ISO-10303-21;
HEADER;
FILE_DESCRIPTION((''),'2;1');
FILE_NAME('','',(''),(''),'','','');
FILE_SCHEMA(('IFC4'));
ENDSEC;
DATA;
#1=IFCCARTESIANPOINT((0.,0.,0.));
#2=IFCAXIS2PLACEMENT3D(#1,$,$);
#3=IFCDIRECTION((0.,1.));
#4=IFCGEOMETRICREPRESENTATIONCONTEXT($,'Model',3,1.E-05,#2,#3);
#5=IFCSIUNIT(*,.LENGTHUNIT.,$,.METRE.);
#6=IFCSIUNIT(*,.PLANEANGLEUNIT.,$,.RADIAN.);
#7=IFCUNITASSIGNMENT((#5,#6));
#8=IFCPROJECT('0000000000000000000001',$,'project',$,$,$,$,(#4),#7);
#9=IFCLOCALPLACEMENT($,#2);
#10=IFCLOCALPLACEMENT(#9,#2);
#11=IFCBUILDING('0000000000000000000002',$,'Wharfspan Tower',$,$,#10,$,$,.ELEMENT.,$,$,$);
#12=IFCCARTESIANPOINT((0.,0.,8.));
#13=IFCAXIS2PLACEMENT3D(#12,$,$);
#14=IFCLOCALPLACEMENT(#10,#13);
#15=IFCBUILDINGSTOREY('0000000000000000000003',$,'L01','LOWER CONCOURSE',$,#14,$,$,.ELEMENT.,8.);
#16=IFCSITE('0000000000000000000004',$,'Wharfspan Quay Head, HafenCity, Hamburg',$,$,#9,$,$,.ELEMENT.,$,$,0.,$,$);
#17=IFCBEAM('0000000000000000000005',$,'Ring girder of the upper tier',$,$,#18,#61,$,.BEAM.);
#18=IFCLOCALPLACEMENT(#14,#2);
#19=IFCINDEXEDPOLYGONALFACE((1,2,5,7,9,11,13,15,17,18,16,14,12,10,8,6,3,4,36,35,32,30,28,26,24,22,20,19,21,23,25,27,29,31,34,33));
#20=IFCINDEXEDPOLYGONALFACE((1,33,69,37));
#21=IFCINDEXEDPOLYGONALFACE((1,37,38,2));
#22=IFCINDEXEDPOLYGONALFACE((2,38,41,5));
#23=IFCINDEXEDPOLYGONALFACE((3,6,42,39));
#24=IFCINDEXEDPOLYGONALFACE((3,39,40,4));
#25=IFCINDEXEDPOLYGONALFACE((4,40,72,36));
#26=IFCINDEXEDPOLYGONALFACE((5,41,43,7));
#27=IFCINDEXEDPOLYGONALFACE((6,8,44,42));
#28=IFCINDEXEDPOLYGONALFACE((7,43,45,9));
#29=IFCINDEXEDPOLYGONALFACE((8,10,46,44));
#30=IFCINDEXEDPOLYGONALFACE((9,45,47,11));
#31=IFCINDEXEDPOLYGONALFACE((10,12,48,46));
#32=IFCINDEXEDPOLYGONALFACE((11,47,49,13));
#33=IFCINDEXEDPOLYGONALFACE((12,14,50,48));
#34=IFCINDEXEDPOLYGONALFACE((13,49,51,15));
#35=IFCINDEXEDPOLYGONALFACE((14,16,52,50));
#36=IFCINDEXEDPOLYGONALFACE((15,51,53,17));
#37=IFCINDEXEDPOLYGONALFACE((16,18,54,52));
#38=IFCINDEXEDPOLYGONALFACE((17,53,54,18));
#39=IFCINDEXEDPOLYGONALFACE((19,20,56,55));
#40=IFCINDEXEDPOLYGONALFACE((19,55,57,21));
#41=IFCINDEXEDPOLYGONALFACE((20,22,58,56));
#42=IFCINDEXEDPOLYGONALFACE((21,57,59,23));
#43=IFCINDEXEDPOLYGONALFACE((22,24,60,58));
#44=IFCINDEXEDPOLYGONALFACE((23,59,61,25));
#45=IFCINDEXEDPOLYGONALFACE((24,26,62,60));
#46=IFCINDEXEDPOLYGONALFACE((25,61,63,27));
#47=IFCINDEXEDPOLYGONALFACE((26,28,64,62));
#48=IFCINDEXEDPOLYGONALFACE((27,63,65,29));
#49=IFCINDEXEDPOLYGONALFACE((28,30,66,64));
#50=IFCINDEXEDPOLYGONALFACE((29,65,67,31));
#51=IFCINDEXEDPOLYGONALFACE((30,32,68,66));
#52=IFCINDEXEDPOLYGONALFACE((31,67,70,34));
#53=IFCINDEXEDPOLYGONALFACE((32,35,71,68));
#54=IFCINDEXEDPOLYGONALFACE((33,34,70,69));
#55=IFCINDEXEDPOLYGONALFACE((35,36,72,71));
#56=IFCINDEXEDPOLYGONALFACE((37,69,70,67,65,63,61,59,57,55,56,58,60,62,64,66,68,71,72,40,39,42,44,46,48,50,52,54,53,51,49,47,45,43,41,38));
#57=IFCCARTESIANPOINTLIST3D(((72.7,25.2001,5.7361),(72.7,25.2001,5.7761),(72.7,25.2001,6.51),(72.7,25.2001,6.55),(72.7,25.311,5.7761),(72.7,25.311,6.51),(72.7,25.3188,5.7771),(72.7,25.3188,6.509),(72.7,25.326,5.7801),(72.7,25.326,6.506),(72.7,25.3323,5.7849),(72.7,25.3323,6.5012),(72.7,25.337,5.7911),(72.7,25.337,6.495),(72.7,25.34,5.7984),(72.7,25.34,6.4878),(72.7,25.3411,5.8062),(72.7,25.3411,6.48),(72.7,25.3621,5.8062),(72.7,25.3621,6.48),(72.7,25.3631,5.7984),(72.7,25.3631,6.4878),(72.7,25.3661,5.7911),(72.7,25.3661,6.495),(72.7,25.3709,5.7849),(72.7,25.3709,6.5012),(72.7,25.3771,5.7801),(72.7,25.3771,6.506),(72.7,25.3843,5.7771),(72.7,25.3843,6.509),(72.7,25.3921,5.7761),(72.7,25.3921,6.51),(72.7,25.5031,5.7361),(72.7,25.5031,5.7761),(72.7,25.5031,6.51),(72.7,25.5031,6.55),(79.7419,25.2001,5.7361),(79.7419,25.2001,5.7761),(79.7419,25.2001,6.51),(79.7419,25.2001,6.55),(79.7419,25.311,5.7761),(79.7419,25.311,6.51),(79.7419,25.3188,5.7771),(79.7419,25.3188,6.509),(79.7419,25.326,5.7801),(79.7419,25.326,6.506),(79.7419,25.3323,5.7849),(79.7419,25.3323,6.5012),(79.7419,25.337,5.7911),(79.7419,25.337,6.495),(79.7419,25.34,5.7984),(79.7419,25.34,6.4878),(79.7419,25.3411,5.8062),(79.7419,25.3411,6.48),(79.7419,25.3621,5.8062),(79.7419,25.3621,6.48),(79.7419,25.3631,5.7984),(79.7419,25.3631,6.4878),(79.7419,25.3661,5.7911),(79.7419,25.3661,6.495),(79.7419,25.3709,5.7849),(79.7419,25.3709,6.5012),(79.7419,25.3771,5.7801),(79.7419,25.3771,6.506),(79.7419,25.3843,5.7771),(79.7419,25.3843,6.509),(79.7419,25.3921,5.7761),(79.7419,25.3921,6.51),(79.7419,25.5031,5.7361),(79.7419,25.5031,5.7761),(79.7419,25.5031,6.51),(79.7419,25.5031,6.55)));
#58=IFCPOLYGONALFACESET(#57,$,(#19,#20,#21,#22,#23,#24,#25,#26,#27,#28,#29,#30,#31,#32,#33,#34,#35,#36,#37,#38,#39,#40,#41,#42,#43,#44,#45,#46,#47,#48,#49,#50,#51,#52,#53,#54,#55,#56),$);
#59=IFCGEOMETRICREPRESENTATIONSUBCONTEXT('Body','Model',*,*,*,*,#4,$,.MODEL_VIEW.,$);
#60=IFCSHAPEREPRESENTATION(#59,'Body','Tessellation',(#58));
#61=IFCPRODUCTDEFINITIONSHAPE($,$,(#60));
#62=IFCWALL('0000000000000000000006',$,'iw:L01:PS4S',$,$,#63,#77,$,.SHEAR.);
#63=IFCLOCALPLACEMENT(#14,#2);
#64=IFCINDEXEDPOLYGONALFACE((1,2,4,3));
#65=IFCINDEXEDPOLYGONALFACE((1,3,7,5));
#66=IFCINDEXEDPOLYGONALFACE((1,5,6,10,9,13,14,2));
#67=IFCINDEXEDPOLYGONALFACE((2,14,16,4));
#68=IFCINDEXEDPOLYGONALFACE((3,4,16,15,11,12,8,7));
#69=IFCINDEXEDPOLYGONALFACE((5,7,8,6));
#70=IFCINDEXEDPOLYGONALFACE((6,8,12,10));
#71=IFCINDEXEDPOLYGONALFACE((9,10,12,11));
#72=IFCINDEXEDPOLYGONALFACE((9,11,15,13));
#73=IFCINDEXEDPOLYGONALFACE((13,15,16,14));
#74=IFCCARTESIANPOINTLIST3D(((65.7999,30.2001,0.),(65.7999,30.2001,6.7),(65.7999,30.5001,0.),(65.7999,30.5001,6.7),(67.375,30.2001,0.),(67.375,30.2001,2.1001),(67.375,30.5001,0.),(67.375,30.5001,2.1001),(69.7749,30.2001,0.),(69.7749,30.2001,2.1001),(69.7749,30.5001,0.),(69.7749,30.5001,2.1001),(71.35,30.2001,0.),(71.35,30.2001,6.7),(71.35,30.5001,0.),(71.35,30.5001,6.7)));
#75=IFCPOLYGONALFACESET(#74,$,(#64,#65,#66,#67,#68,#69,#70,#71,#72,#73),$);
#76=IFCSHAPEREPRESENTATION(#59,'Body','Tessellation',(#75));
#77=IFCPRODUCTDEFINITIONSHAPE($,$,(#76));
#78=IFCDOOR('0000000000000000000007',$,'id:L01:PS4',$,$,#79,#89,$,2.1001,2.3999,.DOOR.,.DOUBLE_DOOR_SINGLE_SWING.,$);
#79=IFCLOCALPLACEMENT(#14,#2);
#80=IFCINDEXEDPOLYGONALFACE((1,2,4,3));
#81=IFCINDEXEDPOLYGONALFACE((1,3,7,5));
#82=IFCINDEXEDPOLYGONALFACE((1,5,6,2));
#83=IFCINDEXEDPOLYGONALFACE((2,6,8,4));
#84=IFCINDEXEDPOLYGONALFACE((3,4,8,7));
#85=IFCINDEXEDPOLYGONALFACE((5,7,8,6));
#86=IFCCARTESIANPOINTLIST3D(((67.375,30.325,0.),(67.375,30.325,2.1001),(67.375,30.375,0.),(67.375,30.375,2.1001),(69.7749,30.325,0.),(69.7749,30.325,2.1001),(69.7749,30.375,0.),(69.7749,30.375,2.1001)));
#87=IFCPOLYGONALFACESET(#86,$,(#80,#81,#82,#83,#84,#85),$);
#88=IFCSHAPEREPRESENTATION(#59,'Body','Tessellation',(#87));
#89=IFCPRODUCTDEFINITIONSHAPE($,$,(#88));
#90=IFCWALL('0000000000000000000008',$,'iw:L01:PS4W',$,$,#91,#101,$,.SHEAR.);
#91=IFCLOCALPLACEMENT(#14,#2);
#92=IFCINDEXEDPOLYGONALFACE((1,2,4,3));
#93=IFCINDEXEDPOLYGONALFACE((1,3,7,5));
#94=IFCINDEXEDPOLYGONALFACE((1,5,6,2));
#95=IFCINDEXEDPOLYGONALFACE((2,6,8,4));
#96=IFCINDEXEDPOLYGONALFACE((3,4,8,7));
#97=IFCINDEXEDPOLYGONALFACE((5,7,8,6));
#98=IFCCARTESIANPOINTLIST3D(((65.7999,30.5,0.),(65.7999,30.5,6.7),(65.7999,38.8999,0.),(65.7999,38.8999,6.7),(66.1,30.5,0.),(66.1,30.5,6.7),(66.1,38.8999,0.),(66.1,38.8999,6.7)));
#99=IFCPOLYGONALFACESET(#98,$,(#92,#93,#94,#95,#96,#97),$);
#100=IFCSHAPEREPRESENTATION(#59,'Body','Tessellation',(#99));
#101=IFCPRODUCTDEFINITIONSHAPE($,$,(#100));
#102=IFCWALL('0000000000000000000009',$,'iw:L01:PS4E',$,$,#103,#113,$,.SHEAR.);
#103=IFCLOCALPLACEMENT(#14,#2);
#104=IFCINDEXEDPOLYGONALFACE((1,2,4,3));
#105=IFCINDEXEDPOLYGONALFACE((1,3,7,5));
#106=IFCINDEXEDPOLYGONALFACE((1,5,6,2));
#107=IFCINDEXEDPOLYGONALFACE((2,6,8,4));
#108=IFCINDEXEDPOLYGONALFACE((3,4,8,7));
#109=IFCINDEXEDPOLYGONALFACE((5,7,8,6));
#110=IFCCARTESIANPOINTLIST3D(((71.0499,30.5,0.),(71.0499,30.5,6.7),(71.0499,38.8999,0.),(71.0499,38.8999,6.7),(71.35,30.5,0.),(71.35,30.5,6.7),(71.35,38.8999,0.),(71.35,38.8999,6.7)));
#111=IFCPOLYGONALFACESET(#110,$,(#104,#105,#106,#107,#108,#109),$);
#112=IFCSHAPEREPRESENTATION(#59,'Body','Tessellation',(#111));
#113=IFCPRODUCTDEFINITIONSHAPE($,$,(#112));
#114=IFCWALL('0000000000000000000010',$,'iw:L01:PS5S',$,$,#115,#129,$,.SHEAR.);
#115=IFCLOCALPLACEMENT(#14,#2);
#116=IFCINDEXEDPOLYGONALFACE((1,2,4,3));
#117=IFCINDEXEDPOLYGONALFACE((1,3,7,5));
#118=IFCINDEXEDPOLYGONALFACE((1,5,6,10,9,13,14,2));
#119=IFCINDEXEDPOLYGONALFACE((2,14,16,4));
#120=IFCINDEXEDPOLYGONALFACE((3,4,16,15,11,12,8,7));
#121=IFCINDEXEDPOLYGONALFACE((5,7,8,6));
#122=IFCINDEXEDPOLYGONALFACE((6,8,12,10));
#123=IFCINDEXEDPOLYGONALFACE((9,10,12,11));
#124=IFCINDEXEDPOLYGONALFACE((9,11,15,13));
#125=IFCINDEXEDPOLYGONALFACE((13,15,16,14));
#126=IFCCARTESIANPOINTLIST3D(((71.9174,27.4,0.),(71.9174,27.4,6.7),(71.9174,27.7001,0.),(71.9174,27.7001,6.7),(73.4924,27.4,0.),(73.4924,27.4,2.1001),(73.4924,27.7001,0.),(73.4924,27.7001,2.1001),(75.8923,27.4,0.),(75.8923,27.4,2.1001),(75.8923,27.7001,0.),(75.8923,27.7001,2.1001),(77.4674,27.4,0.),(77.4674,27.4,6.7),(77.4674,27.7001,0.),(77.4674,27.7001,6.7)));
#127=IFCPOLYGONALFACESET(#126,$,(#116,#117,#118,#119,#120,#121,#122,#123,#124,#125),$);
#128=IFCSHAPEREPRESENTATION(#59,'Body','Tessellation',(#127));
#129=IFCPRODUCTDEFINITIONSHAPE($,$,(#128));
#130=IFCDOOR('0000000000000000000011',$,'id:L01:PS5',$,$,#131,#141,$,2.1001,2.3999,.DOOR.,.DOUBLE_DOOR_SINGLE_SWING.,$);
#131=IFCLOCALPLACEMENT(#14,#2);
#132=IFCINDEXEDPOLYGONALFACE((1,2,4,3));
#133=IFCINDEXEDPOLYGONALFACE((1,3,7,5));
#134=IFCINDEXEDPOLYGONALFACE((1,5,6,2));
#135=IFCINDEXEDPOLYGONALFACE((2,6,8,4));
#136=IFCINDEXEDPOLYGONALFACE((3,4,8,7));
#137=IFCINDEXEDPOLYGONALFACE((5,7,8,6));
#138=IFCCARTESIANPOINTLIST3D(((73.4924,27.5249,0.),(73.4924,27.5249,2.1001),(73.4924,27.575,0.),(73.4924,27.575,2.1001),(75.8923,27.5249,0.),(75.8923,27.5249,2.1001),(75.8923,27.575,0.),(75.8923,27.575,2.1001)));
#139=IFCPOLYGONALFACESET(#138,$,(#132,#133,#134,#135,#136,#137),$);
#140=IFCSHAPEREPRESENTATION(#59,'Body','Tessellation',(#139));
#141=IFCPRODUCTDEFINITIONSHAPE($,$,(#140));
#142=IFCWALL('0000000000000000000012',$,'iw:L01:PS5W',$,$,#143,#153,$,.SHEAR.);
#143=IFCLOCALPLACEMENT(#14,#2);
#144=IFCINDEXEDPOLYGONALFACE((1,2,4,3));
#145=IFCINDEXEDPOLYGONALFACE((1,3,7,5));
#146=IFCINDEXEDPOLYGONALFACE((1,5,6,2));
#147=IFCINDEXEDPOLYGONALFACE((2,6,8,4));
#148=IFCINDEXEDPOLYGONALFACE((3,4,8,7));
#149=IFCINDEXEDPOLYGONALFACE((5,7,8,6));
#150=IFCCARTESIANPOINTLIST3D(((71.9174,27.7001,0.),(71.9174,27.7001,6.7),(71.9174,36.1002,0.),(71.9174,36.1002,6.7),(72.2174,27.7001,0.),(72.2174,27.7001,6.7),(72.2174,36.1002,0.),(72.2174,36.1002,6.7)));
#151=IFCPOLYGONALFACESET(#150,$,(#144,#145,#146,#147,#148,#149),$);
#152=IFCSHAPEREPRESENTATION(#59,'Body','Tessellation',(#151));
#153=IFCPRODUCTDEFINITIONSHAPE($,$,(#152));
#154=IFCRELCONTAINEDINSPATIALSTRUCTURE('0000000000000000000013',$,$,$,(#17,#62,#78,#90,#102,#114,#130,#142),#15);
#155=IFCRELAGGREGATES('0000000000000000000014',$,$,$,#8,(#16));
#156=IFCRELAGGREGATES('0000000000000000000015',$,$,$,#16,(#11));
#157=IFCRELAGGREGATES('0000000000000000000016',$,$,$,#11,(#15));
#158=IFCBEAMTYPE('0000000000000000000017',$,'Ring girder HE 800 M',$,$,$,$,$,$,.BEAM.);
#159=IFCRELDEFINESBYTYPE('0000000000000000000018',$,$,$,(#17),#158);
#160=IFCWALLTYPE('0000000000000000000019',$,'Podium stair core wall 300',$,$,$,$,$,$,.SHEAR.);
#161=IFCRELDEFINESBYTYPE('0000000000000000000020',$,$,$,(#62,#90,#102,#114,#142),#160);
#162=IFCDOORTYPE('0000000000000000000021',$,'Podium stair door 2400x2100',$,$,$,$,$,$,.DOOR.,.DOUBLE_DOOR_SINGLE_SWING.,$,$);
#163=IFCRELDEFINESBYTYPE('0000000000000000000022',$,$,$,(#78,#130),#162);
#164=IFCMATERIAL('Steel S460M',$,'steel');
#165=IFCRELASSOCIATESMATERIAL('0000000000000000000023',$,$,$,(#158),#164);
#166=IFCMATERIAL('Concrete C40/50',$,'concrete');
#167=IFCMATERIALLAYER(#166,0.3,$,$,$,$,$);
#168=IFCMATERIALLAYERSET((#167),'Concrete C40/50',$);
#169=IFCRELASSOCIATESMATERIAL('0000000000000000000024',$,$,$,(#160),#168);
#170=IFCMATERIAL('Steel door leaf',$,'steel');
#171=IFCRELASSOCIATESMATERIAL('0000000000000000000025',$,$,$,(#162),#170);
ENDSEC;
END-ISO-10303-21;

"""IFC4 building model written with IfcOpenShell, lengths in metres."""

from ifc_helpers import new_model, si_unit, direction, frame, frame_2d, origin, origin_2d, place, context, subcontext, project, spatial, rectangle, i_section, extrude, material, layer, layer_set, material_profile, profile_set, type_object, element, fill, save


model = new_model("IFC4")

# Units and contexts
model_context = context("Model", 3, precision=1e-05, world=origin(), true_north=direction((0.0, 1.0)))
body_context = subcontext(model_context, "Body", "Model", "MODEL_VIEW")
ifc_project = project(units=[si_unit("LENGTHUNIT", "METRE"), si_unit("PLANEANGLEUNIT", "RADIAN")], contexts=[model_context])

# Site, building, storey
site_placement = place(None, origin())
site = spatial("IfcSite", under=ifc_project, at=site_placement, Name="Wharfspan Quay Head, HafenCity, Hamburg", CompositionType="ELEMENT", RefElevation=0.0)
building_placement = place(site_placement, origin())
building = spatial("IfcBuilding", under=site, at=building_placement, Name="Wharfspan Tower", CompositionType="ELEMENT")
storey_placement = place(building_placement, frame((0.0, 0.0, 8.0)))
storey = spatial("IfcBuildingStorey", under=building, at=storey_placement, Name="L01", Description="LOWER CONCOURSE", CompositionType="ELEMENT", Elevation=8.0)

# Beam
ifc_material_1 = material(Name="Steel S460M", Category="steel")
ifc_material_profile_1 = material_profile(ifc_material_1, i_section(OverallWidth=0.303, OverallDepth=0.814, WebThickness=0.021, FlangeThickness=0.04, FilletRadius=0.03, at=origin_2d()))
ifc_profile_set_1 = profile_set([ifc_material_profile_1], Name="Steel S460M")
beam_type_1 = type_object("IfcBeamType", Name="Ring girder HE 800 M", PredefinedType="BEAM", material=ifc_profile_set_1)
beam_1_placement = place(storey_placement, frame((72.7, 25.3516, 6.1431), z_axis=(1.0, 0.0, 0.0), x_axis=(0.0, 1.0, 0.0)))
element("IfcBeam", 1, at=beam_1_placement, inside=storey, type_object=beam_type_1, Name="Ring girder of the upper tier", PredefinedType="BEAM", context=body_context, shape_type="SweptSolid", body=[
    extrude(i_section(OverallWidth=0.303, OverallDepth=0.814, WebThickness=0.021, FlangeThickness=0.04, FilletRadius=0.03, at=origin_2d()), origin(), (0.0, 0.0, 1.0), 7.042),
])

# Wall, opening, door
ifc_material_2 = material(Name="Concrete C40/50", Category="concrete")
ifc_layer = layer(ifc_material_2, 0.3)
ifc_layer_set = layer_set([ifc_layer], Name="Concrete C40/50")
wall_type = type_object("IfcWallType", Name="Podium stair core wall 300", PredefinedType="SHEAR", material=ifc_layer_set)
wall_1_placement = place(storey_placement, frame((65.8, 30.3501, 0.0), z_axis=(0.0, 0.0, 1.0), x_axis=(1.0, 0.0, 0.0)))
wall_1 = element("IfcWall", 2, at=wall_1_placement, inside=storey, type_object=wall_type, Name="iw:L01:PS4S", PredefinedType="SHEAR", context=body_context, shape_type="SweptSolid", body=[
    extrude(rectangle(XDim=5.55, YDim=0.3, at=frame_2d((2.7749, 0.0))), origin(), (0.0, 0.0, 1.0), 6.7),
])
opening_1_placement = place(wall_1_placement, frame((1.575, 0.0, 0.0)))
opening_1 = element("IfcOpeningElement", 3, at=opening_1_placement, cuts=wall_1, PredefinedType="OPENING", context=body_context, shape_type="SweptSolid", body=[
    extrude(rectangle(XDim=2.3999, YDim=2.1001, at=frame_2d((1.2, 1.05))), frame((0.0, 0.1599, 0.0), z_axis=(0.0, -1.0, 0.0), x_axis=(1.0, 0.0, 0.0)), (0.0, 0.0, 1.0), 0.3201),
])
ifc_material_3 = material(Name="Steel door leaf", Category="steel")
door_type = type_object("IfcDoorType", Name="Podium stair door 2400x2100", OperationType="DOUBLE_DOOR_SINGLE_SWING", PredefinedType="DOOR", material=ifc_material_3)
door_1_placement = place(opening_1_placement, origin())
door_1 = element("IfcDoor", 4, at=door_1_placement, inside=storey, type_object=door_type, Name="id:L01:PS4", OperationType="DOUBLE_DOOR_SINGLE_SWING", OverallHeight=2.1001, OverallWidth=2.3999, PredefinedType="DOOR", context=body_context, shape_type="SweptSolid", body=[
    extrude(rectangle(XDim=2.3999, YDim=2.1001, at=frame_2d((1.2, 1.05))), frame((0.0, 0.0249, 0.0), z_axis=(0.0, -1.0, 0.0), x_axis=(1.0, 0.0, 0.0)), (0.0, 0.0, 1.0), 0.05),
])
fill(opening_1, door_1)

# Walls
for number, where, z_axis, x_axis, name in (
    (5, (65.95, 30.5, 0.0), (0.0, 0.0, 1.0), (0.0, 1.0, 0.0), "iw:L01:PS4W"),
    (6, (71.2, 30.5, 0.0), (0.0, 0.0, 1.0), (0.0, 1.0, 0.0), "iw:L01:PS4E"),
):
    element("IfcWall", number, at=place(storey_placement, frame(where, z_axis=z_axis, x_axis=x_axis)), inside=storey, type_object=wall_type, Name=name, PredefinedType="SHEAR", context=body_context, shape_type="SweptSolid", body=[
        extrude(rectangle(XDim=8.3999, YDim=0.3, at=frame_2d((4.2, 0.0))), origin(), (0.0, 0.0, 1.0), 6.7),
    ])

# Wall, opening, door
wall_2_placement = place(storey_placement, frame((71.9175, 27.55, 0.0), z_axis=(0.0, 0.0, 1.0), x_axis=(1.0, 0.0, 0.0)))
wall_2 = element("IfcWall", 7, at=wall_2_placement, inside=storey, type_object=wall_type, Name="iw:L01:PS5S", PredefinedType="SHEAR", context=body_context, shape_type="SweptSolid", body=[
    extrude(rectangle(XDim=5.55, YDim=0.3, at=frame_2d((2.7749, 0.0))), origin(), (0.0, 0.0, 1.0), 6.7),
])
opening_2_placement = place(wall_2_placement, frame((1.575, 0.0, 0.0)))
opening_2 = element("IfcOpeningElement", 8, at=opening_2_placement, cuts=wall_2, PredefinedType="OPENING", context=body_context, shape_type="SweptSolid", body=[
    extrude(rectangle(XDim=2.3999, YDim=2.1001, at=frame_2d((1.2, 1.05))), frame((0.0, 0.1599, 0.0), z_axis=(0.0, -1.0, 0.0), x_axis=(1.0, 0.0, 0.0)), (0.0, 0.0, 1.0), 0.3201),
])
door_2_placement = place(opening_2_placement, origin())
door_2 = element("IfcDoor", 9, at=door_2_placement, inside=storey, type_object=door_type, Name="id:L01:PS5", OperationType="DOUBLE_DOOR_SINGLE_SWING", OverallHeight=2.1001, OverallWidth=2.3999, PredefinedType="DOOR", context=body_context, shape_type="SweptSolid", body=[
    extrude(rectangle(XDim=2.3999, YDim=2.1001, at=frame_2d((1.2, 1.05))), frame((0.0, 0.0249, 0.0), z_axis=(0.0, -1.0, 0.0), x_axis=(1.0, 0.0, 0.0)), (0.0, 0.0, 1.0), 0.05),
])
fill(opening_2, door_2)

# Wall
wall_3_placement = place(storey_placement, frame((72.0674, 27.7, 0.0), z_axis=(0.0, 0.0, 1.0), x_axis=(0.0, 1.0, 0.0)))
element("IfcWall", 10, at=wall_3_placement, inside=storey, type_object=wall_type, Name="iw:L01:PS5W", PredefinedType="SHEAR", context=body_context, shape_type="SweptSolid", body=[
    extrude(rectangle(XDim=8.4001, YDim=0.3, at=frame_2d((4.2002, 0.0))), origin(), (0.0, 0.0, 1.0), 6.7),
])

save(model, "model.ifc")
